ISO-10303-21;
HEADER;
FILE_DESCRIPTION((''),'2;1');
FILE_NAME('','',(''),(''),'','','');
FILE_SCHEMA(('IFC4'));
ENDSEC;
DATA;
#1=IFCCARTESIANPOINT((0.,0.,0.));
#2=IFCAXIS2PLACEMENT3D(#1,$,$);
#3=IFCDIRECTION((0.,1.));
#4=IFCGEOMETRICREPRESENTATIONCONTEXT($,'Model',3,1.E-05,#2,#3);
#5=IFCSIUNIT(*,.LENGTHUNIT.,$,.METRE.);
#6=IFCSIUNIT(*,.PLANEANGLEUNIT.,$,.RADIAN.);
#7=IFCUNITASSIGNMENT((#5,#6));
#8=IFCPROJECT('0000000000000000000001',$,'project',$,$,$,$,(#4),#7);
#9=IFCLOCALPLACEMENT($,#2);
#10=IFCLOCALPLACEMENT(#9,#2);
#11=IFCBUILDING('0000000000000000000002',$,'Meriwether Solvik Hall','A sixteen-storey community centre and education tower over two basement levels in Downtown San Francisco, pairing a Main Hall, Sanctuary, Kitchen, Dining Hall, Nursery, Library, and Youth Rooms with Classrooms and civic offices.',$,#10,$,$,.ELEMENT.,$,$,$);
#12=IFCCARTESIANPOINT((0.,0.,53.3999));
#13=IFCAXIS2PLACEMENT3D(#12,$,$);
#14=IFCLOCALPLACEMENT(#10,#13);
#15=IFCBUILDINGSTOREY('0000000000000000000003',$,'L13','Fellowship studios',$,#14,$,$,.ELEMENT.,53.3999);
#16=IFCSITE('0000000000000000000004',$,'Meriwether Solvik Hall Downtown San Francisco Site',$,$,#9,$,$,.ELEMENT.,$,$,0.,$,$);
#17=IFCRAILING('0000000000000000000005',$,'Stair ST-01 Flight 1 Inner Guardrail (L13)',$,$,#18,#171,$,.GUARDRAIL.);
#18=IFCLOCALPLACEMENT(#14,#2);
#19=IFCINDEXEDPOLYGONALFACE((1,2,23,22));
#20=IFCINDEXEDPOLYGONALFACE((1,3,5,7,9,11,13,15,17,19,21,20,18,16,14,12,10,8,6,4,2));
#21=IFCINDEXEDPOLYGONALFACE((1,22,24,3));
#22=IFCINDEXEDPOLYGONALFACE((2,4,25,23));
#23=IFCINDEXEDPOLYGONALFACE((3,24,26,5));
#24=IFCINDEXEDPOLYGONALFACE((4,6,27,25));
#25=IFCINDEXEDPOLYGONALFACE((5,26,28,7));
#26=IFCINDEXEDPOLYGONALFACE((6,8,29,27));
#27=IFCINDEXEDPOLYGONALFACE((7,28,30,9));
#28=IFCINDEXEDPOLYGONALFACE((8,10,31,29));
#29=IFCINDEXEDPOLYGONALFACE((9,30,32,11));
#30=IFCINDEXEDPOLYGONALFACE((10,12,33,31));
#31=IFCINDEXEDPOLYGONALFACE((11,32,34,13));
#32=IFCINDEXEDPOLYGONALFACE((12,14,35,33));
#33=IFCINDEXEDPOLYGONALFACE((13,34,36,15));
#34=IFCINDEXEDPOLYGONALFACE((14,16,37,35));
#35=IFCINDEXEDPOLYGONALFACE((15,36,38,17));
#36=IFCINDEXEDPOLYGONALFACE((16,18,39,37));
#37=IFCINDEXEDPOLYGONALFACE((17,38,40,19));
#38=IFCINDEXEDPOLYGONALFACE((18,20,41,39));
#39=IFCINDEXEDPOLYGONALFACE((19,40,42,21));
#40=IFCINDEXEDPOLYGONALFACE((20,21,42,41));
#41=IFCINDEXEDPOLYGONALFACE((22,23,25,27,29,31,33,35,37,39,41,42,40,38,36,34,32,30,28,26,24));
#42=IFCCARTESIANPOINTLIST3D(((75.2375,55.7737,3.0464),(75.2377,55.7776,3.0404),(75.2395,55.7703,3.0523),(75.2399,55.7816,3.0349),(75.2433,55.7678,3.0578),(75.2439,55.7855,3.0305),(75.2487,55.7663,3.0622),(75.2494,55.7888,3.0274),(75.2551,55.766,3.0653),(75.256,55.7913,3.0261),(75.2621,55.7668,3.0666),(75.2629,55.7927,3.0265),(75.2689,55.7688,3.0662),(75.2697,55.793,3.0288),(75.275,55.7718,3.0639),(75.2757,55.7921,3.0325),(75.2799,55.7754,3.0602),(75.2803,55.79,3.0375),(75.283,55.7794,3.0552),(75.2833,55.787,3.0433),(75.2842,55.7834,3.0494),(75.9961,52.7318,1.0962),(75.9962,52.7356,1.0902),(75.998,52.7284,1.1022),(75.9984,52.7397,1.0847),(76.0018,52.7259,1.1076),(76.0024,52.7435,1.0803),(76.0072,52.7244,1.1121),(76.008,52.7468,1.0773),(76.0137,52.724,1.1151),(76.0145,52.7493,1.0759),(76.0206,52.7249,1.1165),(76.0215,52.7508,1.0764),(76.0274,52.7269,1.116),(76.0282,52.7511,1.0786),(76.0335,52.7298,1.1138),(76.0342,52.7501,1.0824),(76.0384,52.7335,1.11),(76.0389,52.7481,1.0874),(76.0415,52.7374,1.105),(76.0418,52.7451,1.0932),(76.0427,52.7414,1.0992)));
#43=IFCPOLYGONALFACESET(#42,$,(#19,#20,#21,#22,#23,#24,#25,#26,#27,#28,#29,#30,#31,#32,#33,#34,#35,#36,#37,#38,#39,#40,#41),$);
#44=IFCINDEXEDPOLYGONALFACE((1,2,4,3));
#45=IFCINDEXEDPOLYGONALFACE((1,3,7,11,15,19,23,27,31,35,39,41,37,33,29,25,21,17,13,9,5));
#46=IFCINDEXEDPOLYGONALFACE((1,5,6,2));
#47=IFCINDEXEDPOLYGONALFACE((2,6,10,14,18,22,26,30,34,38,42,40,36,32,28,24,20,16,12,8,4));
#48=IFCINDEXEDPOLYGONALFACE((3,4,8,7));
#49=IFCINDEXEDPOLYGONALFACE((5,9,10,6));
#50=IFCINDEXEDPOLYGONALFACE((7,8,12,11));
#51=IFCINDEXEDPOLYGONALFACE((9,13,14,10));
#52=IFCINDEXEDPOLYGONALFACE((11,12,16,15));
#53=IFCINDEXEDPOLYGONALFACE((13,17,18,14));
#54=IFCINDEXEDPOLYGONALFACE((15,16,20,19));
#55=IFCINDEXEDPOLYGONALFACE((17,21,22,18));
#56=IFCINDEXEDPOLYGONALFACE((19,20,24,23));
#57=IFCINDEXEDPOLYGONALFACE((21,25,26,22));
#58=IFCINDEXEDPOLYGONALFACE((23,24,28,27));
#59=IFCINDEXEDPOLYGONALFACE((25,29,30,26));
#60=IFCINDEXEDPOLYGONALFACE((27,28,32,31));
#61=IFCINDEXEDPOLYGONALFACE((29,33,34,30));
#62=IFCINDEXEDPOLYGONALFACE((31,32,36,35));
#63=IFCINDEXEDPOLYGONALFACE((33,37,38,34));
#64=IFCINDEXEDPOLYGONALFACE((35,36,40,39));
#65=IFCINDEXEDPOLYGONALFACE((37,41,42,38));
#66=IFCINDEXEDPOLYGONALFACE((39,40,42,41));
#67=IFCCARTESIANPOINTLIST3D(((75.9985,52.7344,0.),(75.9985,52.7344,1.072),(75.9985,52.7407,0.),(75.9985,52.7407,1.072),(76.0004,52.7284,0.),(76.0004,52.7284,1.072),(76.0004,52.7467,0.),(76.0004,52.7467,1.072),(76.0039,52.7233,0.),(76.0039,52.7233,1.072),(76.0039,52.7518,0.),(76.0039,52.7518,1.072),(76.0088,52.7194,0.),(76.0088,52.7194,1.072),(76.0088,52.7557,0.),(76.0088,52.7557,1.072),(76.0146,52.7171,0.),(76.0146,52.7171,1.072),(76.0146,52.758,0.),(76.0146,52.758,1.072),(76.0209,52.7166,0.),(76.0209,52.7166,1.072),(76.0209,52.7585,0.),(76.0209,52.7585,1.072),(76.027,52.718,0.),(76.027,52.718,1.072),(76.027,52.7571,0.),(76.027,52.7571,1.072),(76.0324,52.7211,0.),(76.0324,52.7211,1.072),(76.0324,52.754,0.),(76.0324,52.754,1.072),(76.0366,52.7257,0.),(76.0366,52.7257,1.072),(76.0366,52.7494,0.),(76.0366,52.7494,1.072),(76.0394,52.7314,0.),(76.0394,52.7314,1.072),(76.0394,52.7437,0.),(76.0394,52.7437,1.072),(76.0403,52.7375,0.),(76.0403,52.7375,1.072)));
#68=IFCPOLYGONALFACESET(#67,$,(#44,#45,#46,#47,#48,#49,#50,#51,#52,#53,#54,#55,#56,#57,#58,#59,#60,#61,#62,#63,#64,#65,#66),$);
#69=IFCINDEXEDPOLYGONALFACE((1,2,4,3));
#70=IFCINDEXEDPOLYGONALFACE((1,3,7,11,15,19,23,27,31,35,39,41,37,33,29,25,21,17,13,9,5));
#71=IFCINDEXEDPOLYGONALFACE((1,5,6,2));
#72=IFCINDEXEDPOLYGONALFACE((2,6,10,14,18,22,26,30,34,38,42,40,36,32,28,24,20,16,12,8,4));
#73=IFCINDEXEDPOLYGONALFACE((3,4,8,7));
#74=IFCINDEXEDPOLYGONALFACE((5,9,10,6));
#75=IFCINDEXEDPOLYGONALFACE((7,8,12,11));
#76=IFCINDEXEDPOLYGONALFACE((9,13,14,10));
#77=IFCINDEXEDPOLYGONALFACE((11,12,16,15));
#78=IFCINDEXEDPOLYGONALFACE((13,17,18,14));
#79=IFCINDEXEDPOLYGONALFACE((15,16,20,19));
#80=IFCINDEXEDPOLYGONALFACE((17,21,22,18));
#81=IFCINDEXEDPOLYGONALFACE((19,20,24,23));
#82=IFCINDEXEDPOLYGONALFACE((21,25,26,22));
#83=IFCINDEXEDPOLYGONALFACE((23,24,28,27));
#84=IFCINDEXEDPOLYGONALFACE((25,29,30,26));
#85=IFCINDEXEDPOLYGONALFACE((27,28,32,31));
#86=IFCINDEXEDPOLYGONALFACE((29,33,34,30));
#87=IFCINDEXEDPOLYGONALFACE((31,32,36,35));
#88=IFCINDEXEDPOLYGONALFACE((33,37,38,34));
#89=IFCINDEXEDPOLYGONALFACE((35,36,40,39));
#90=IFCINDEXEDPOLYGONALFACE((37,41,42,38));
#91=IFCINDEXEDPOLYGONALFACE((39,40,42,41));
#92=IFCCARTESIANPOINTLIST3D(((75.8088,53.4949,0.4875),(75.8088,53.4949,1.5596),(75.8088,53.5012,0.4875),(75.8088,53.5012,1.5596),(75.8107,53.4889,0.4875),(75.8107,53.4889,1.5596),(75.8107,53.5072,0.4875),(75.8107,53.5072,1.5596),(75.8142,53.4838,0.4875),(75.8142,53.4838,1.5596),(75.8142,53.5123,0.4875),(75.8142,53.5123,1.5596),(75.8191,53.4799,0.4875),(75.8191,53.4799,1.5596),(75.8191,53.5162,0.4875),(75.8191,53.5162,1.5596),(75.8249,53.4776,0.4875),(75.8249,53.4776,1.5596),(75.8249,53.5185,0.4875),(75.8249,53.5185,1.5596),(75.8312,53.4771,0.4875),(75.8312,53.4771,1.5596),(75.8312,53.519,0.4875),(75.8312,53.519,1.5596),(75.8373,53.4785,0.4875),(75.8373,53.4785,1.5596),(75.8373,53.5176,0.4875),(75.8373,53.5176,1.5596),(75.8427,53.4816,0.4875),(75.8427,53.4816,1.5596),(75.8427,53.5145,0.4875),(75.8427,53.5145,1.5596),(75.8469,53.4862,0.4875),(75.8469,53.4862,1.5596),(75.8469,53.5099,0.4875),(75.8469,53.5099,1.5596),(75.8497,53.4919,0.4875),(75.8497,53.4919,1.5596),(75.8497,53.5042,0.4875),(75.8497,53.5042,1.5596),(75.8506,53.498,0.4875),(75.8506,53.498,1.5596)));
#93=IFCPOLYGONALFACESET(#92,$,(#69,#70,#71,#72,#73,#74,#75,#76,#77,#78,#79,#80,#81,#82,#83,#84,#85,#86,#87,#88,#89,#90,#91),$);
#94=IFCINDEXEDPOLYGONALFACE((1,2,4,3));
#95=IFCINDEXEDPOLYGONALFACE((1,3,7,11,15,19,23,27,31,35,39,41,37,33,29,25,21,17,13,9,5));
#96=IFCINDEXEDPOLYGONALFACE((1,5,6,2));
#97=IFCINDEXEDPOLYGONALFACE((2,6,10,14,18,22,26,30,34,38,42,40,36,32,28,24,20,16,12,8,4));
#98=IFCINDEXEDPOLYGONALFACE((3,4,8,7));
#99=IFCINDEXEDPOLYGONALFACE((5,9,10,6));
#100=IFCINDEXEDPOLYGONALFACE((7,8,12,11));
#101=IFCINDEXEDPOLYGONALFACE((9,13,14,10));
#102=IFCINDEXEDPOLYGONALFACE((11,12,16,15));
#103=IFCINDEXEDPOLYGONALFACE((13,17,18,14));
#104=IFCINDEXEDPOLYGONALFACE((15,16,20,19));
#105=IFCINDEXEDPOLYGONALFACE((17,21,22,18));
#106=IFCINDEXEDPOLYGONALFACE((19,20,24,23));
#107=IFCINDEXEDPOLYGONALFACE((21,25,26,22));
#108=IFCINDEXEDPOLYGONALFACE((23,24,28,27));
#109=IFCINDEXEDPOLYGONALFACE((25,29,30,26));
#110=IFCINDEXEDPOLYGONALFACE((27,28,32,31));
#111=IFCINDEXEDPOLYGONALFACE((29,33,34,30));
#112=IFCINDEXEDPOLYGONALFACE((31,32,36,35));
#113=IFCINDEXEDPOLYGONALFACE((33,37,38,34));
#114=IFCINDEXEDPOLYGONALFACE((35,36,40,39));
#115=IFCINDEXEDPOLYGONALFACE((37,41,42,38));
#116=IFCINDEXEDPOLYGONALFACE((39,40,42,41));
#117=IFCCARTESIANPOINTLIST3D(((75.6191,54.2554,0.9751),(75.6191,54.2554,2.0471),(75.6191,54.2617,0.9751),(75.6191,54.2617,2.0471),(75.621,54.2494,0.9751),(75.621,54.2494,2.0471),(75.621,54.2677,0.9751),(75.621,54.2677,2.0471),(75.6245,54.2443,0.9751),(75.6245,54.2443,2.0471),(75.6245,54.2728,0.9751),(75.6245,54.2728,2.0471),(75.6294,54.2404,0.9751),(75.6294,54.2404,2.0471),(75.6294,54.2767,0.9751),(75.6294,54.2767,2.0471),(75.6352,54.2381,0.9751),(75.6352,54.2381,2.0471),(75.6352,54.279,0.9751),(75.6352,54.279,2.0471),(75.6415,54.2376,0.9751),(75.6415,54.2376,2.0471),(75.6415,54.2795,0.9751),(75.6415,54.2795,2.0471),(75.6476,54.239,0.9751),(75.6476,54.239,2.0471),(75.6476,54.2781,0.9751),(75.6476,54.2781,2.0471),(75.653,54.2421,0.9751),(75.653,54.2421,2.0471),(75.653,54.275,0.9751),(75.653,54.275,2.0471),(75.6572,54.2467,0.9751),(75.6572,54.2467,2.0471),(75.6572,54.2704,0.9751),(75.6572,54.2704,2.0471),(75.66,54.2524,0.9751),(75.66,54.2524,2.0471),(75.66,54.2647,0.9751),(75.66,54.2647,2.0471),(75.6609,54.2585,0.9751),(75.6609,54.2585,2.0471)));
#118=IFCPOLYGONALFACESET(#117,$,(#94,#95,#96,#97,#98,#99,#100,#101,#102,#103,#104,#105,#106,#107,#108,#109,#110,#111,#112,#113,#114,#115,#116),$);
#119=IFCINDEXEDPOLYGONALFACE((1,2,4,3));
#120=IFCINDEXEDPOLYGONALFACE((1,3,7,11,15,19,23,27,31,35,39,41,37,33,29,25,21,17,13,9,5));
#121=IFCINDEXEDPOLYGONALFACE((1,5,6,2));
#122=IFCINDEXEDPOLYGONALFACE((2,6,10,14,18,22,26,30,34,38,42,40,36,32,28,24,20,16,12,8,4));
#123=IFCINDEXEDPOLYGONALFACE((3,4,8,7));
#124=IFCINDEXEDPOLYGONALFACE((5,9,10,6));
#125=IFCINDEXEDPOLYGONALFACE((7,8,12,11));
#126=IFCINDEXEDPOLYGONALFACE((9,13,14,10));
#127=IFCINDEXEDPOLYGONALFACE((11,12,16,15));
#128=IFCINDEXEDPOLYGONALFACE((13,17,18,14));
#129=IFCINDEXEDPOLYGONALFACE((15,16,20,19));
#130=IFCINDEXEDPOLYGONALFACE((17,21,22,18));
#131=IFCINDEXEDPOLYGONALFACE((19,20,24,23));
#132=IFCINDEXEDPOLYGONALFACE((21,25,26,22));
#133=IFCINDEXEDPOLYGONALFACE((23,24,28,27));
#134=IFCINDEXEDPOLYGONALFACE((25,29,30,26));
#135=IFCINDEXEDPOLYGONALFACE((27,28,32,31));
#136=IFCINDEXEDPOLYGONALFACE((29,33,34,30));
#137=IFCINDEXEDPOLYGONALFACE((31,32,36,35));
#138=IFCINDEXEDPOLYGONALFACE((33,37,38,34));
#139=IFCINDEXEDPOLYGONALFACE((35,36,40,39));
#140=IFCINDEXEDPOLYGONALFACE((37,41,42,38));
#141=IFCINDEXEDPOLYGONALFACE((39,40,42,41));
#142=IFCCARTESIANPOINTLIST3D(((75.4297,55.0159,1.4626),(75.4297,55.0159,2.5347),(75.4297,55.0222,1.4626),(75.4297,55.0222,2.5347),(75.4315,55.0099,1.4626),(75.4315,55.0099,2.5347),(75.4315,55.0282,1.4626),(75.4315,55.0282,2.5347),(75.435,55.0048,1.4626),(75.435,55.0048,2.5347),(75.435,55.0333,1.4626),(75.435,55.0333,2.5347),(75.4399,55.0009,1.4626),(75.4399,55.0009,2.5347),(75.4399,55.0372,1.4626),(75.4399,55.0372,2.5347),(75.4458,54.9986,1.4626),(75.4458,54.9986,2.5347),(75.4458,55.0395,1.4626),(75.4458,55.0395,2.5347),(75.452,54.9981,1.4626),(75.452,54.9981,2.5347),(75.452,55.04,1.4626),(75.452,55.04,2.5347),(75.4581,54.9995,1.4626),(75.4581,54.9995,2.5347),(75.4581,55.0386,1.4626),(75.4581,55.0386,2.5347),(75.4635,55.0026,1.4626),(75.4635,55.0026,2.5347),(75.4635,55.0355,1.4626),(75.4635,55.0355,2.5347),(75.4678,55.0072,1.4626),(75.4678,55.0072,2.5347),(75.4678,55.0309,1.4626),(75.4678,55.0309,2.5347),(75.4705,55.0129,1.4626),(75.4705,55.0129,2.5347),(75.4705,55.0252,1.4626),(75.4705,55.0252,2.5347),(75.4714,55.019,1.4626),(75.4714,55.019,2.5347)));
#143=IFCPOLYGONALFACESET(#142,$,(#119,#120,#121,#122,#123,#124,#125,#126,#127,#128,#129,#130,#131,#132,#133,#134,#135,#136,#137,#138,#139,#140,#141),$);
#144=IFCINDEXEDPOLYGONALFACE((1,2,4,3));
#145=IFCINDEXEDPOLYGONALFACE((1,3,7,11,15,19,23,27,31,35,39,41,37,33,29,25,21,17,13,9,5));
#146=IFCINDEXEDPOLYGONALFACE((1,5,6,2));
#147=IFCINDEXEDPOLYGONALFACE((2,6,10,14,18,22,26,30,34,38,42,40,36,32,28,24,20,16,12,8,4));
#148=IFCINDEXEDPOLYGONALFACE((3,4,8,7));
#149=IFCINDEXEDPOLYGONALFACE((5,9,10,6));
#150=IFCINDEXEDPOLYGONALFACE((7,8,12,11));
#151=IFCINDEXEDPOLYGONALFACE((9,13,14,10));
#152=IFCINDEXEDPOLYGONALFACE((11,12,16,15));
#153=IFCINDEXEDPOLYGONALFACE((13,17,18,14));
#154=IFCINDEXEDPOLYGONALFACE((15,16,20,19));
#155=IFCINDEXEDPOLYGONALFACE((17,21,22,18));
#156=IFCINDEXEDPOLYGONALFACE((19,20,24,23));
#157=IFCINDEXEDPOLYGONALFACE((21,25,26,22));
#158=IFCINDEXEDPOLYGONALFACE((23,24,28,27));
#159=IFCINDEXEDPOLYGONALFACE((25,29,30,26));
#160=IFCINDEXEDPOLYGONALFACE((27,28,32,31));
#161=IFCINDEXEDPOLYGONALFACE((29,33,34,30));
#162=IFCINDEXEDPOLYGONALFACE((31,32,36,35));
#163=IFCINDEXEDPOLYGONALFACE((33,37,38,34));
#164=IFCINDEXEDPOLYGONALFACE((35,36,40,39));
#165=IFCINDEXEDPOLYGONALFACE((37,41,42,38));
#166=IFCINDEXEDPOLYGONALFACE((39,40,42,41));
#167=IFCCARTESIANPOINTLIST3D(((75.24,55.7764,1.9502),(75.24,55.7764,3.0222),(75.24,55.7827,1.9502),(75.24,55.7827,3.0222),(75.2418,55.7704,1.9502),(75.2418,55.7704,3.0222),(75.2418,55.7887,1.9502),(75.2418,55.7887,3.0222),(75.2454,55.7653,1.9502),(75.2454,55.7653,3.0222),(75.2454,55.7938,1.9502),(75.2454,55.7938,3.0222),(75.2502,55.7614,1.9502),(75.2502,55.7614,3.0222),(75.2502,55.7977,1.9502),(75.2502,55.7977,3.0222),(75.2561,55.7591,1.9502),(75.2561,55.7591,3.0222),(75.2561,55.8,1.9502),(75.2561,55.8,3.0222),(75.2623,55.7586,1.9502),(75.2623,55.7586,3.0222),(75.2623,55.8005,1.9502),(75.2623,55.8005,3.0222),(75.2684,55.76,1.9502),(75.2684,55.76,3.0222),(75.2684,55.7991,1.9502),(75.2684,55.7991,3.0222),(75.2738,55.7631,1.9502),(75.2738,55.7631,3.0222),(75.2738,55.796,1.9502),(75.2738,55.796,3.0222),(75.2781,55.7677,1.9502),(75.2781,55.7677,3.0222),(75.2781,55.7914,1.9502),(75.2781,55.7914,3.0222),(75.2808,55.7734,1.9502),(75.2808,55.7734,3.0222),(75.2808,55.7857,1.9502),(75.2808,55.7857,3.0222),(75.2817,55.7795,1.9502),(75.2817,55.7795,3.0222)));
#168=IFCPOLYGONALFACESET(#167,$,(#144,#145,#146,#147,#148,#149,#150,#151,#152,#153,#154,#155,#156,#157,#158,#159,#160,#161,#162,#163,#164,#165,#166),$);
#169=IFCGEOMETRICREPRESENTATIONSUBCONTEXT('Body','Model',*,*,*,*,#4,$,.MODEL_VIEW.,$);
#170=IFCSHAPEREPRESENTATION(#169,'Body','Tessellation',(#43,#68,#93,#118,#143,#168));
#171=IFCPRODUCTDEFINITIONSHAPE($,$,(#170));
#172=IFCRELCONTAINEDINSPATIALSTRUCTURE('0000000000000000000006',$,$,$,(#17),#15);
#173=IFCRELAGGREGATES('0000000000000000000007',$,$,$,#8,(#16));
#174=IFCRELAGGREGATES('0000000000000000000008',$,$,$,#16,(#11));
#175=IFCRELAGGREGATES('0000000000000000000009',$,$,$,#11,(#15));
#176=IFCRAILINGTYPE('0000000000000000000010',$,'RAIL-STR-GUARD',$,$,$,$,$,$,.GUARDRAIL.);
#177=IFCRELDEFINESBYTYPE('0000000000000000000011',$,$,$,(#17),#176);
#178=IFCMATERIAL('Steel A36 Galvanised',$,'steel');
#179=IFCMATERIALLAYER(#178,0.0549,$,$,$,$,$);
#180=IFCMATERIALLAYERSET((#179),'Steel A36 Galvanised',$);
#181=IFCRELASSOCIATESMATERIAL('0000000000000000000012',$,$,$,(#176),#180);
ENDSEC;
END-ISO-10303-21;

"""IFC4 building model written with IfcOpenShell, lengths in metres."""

from ifc_helpers import new_model, si_unit, direction, frame, origin, origin_2d, place, context, subcontext, project, spatial, circle, extrude, material, layer, layer_set, type_object, element, save


model = new_model("IFC4")

# Units and contexts
model_context = context("Model", 3, precision=1e-05, world=origin(), true_north=direction((0.0, 1.0)))
body_context = subcontext(model_context, "Body", "Model", "MODEL_VIEW")
ifc_project = project(units=[si_unit("LENGTHUNIT", "METRE"), si_unit("PLANEANGLEUNIT", "RADIAN")], contexts=[model_context])

# Site, building, storey
site_placement = place(None, origin())
site = spatial("IfcSite", under=ifc_project, at=site_placement, Name="Meriwether Solvik Hall Downtown San Francisco Site", CompositionType="ELEMENT", RefElevation=0.0)
building_placement = place(site_placement, origin())
building = spatial("IfcBuilding", under=site, at=building_placement, Name="Meriwether Solvik Hall", Description="A sixteen-storey community centre and education tower over two basement levels in Downtown San Francisco, pairing a Main Hall, Sanctuary, Kitchen, Dining Hall, Nursery, Library, and Youth Rooms with Classrooms and civic offices.", CompositionType="ELEMENT")
storey_placement = place(building_placement, frame((0.0, 0.0, 53.3999)))
storey = spatial("IfcBuildingStorey", under=building, at=storey_placement, Name="L13", Description="Fellowship studios", CompositionType="ELEMENT", Elevation=53.3999)

# Railing
ifc_material_1 = material(Name="Steel A36 Galvanised", Category="steel")
ifc_layer_1 = layer(ifc_material_1, 0.0549)
ifc_layer_set_1 = layer_set([ifc_layer_1], Name="Steel A36 Galvanised")
railing_type_1 = type_object("IfcRailingType", Name="RAIL-STR-GUARD", PredefinedType="GUARDRAIL", material=ifc_layer_set_1)
railing_1_placement = place(storey_placement, frame((76.0193, 52.7375, 0.0)))
element("IfcRailing", 1, at=railing_1_placement, inside=storey, type_object=railing_type_1, Name="Stair ST-01 Flight 1 Inner Guardrail (L13)", PredefinedType="GUARDRAIL", context=body_context, shape_type="SweptSolid", body=[
    extrude(circle(Radius=0.0239, at=origin_2d()), frame((0.0, 0.0, 1.0962), z_axis=(-0.205445, 0.823896, 0.528193), x_axis=(-0.970289, -0.241949, 0.0)), (0.0, 0.0, 1.0), 3.6921),
    extrude(circle(Radius=0.021, at=origin_2d()), origin(), (0.0, 0.0, 1.0), 1.072),
    extrude(circle(Radius=0.021, at=origin_2d()), frame((-0.1897, 0.7605, 0.4875)), (0.0, 0.0, 1.0), 1.072),
    extrude(circle(Radius=0.021, at=origin_2d()), frame((-0.3794, 1.521, 0.9751)), (0.0, 0.0, 1.0), 1.072),
    extrude(circle(Radius=0.021, at=origin_2d()), frame((-0.5688, 2.2815, 1.4626)), (0.0, 0.0, 1.0), 1.072),
    extrude(circle(Radius=0.021, at=origin_2d()), frame((-0.7585, 3.042, 1.9502)), (0.0, 0.0, 1.0), 1.072),
])

save(model, "model.ifc")
